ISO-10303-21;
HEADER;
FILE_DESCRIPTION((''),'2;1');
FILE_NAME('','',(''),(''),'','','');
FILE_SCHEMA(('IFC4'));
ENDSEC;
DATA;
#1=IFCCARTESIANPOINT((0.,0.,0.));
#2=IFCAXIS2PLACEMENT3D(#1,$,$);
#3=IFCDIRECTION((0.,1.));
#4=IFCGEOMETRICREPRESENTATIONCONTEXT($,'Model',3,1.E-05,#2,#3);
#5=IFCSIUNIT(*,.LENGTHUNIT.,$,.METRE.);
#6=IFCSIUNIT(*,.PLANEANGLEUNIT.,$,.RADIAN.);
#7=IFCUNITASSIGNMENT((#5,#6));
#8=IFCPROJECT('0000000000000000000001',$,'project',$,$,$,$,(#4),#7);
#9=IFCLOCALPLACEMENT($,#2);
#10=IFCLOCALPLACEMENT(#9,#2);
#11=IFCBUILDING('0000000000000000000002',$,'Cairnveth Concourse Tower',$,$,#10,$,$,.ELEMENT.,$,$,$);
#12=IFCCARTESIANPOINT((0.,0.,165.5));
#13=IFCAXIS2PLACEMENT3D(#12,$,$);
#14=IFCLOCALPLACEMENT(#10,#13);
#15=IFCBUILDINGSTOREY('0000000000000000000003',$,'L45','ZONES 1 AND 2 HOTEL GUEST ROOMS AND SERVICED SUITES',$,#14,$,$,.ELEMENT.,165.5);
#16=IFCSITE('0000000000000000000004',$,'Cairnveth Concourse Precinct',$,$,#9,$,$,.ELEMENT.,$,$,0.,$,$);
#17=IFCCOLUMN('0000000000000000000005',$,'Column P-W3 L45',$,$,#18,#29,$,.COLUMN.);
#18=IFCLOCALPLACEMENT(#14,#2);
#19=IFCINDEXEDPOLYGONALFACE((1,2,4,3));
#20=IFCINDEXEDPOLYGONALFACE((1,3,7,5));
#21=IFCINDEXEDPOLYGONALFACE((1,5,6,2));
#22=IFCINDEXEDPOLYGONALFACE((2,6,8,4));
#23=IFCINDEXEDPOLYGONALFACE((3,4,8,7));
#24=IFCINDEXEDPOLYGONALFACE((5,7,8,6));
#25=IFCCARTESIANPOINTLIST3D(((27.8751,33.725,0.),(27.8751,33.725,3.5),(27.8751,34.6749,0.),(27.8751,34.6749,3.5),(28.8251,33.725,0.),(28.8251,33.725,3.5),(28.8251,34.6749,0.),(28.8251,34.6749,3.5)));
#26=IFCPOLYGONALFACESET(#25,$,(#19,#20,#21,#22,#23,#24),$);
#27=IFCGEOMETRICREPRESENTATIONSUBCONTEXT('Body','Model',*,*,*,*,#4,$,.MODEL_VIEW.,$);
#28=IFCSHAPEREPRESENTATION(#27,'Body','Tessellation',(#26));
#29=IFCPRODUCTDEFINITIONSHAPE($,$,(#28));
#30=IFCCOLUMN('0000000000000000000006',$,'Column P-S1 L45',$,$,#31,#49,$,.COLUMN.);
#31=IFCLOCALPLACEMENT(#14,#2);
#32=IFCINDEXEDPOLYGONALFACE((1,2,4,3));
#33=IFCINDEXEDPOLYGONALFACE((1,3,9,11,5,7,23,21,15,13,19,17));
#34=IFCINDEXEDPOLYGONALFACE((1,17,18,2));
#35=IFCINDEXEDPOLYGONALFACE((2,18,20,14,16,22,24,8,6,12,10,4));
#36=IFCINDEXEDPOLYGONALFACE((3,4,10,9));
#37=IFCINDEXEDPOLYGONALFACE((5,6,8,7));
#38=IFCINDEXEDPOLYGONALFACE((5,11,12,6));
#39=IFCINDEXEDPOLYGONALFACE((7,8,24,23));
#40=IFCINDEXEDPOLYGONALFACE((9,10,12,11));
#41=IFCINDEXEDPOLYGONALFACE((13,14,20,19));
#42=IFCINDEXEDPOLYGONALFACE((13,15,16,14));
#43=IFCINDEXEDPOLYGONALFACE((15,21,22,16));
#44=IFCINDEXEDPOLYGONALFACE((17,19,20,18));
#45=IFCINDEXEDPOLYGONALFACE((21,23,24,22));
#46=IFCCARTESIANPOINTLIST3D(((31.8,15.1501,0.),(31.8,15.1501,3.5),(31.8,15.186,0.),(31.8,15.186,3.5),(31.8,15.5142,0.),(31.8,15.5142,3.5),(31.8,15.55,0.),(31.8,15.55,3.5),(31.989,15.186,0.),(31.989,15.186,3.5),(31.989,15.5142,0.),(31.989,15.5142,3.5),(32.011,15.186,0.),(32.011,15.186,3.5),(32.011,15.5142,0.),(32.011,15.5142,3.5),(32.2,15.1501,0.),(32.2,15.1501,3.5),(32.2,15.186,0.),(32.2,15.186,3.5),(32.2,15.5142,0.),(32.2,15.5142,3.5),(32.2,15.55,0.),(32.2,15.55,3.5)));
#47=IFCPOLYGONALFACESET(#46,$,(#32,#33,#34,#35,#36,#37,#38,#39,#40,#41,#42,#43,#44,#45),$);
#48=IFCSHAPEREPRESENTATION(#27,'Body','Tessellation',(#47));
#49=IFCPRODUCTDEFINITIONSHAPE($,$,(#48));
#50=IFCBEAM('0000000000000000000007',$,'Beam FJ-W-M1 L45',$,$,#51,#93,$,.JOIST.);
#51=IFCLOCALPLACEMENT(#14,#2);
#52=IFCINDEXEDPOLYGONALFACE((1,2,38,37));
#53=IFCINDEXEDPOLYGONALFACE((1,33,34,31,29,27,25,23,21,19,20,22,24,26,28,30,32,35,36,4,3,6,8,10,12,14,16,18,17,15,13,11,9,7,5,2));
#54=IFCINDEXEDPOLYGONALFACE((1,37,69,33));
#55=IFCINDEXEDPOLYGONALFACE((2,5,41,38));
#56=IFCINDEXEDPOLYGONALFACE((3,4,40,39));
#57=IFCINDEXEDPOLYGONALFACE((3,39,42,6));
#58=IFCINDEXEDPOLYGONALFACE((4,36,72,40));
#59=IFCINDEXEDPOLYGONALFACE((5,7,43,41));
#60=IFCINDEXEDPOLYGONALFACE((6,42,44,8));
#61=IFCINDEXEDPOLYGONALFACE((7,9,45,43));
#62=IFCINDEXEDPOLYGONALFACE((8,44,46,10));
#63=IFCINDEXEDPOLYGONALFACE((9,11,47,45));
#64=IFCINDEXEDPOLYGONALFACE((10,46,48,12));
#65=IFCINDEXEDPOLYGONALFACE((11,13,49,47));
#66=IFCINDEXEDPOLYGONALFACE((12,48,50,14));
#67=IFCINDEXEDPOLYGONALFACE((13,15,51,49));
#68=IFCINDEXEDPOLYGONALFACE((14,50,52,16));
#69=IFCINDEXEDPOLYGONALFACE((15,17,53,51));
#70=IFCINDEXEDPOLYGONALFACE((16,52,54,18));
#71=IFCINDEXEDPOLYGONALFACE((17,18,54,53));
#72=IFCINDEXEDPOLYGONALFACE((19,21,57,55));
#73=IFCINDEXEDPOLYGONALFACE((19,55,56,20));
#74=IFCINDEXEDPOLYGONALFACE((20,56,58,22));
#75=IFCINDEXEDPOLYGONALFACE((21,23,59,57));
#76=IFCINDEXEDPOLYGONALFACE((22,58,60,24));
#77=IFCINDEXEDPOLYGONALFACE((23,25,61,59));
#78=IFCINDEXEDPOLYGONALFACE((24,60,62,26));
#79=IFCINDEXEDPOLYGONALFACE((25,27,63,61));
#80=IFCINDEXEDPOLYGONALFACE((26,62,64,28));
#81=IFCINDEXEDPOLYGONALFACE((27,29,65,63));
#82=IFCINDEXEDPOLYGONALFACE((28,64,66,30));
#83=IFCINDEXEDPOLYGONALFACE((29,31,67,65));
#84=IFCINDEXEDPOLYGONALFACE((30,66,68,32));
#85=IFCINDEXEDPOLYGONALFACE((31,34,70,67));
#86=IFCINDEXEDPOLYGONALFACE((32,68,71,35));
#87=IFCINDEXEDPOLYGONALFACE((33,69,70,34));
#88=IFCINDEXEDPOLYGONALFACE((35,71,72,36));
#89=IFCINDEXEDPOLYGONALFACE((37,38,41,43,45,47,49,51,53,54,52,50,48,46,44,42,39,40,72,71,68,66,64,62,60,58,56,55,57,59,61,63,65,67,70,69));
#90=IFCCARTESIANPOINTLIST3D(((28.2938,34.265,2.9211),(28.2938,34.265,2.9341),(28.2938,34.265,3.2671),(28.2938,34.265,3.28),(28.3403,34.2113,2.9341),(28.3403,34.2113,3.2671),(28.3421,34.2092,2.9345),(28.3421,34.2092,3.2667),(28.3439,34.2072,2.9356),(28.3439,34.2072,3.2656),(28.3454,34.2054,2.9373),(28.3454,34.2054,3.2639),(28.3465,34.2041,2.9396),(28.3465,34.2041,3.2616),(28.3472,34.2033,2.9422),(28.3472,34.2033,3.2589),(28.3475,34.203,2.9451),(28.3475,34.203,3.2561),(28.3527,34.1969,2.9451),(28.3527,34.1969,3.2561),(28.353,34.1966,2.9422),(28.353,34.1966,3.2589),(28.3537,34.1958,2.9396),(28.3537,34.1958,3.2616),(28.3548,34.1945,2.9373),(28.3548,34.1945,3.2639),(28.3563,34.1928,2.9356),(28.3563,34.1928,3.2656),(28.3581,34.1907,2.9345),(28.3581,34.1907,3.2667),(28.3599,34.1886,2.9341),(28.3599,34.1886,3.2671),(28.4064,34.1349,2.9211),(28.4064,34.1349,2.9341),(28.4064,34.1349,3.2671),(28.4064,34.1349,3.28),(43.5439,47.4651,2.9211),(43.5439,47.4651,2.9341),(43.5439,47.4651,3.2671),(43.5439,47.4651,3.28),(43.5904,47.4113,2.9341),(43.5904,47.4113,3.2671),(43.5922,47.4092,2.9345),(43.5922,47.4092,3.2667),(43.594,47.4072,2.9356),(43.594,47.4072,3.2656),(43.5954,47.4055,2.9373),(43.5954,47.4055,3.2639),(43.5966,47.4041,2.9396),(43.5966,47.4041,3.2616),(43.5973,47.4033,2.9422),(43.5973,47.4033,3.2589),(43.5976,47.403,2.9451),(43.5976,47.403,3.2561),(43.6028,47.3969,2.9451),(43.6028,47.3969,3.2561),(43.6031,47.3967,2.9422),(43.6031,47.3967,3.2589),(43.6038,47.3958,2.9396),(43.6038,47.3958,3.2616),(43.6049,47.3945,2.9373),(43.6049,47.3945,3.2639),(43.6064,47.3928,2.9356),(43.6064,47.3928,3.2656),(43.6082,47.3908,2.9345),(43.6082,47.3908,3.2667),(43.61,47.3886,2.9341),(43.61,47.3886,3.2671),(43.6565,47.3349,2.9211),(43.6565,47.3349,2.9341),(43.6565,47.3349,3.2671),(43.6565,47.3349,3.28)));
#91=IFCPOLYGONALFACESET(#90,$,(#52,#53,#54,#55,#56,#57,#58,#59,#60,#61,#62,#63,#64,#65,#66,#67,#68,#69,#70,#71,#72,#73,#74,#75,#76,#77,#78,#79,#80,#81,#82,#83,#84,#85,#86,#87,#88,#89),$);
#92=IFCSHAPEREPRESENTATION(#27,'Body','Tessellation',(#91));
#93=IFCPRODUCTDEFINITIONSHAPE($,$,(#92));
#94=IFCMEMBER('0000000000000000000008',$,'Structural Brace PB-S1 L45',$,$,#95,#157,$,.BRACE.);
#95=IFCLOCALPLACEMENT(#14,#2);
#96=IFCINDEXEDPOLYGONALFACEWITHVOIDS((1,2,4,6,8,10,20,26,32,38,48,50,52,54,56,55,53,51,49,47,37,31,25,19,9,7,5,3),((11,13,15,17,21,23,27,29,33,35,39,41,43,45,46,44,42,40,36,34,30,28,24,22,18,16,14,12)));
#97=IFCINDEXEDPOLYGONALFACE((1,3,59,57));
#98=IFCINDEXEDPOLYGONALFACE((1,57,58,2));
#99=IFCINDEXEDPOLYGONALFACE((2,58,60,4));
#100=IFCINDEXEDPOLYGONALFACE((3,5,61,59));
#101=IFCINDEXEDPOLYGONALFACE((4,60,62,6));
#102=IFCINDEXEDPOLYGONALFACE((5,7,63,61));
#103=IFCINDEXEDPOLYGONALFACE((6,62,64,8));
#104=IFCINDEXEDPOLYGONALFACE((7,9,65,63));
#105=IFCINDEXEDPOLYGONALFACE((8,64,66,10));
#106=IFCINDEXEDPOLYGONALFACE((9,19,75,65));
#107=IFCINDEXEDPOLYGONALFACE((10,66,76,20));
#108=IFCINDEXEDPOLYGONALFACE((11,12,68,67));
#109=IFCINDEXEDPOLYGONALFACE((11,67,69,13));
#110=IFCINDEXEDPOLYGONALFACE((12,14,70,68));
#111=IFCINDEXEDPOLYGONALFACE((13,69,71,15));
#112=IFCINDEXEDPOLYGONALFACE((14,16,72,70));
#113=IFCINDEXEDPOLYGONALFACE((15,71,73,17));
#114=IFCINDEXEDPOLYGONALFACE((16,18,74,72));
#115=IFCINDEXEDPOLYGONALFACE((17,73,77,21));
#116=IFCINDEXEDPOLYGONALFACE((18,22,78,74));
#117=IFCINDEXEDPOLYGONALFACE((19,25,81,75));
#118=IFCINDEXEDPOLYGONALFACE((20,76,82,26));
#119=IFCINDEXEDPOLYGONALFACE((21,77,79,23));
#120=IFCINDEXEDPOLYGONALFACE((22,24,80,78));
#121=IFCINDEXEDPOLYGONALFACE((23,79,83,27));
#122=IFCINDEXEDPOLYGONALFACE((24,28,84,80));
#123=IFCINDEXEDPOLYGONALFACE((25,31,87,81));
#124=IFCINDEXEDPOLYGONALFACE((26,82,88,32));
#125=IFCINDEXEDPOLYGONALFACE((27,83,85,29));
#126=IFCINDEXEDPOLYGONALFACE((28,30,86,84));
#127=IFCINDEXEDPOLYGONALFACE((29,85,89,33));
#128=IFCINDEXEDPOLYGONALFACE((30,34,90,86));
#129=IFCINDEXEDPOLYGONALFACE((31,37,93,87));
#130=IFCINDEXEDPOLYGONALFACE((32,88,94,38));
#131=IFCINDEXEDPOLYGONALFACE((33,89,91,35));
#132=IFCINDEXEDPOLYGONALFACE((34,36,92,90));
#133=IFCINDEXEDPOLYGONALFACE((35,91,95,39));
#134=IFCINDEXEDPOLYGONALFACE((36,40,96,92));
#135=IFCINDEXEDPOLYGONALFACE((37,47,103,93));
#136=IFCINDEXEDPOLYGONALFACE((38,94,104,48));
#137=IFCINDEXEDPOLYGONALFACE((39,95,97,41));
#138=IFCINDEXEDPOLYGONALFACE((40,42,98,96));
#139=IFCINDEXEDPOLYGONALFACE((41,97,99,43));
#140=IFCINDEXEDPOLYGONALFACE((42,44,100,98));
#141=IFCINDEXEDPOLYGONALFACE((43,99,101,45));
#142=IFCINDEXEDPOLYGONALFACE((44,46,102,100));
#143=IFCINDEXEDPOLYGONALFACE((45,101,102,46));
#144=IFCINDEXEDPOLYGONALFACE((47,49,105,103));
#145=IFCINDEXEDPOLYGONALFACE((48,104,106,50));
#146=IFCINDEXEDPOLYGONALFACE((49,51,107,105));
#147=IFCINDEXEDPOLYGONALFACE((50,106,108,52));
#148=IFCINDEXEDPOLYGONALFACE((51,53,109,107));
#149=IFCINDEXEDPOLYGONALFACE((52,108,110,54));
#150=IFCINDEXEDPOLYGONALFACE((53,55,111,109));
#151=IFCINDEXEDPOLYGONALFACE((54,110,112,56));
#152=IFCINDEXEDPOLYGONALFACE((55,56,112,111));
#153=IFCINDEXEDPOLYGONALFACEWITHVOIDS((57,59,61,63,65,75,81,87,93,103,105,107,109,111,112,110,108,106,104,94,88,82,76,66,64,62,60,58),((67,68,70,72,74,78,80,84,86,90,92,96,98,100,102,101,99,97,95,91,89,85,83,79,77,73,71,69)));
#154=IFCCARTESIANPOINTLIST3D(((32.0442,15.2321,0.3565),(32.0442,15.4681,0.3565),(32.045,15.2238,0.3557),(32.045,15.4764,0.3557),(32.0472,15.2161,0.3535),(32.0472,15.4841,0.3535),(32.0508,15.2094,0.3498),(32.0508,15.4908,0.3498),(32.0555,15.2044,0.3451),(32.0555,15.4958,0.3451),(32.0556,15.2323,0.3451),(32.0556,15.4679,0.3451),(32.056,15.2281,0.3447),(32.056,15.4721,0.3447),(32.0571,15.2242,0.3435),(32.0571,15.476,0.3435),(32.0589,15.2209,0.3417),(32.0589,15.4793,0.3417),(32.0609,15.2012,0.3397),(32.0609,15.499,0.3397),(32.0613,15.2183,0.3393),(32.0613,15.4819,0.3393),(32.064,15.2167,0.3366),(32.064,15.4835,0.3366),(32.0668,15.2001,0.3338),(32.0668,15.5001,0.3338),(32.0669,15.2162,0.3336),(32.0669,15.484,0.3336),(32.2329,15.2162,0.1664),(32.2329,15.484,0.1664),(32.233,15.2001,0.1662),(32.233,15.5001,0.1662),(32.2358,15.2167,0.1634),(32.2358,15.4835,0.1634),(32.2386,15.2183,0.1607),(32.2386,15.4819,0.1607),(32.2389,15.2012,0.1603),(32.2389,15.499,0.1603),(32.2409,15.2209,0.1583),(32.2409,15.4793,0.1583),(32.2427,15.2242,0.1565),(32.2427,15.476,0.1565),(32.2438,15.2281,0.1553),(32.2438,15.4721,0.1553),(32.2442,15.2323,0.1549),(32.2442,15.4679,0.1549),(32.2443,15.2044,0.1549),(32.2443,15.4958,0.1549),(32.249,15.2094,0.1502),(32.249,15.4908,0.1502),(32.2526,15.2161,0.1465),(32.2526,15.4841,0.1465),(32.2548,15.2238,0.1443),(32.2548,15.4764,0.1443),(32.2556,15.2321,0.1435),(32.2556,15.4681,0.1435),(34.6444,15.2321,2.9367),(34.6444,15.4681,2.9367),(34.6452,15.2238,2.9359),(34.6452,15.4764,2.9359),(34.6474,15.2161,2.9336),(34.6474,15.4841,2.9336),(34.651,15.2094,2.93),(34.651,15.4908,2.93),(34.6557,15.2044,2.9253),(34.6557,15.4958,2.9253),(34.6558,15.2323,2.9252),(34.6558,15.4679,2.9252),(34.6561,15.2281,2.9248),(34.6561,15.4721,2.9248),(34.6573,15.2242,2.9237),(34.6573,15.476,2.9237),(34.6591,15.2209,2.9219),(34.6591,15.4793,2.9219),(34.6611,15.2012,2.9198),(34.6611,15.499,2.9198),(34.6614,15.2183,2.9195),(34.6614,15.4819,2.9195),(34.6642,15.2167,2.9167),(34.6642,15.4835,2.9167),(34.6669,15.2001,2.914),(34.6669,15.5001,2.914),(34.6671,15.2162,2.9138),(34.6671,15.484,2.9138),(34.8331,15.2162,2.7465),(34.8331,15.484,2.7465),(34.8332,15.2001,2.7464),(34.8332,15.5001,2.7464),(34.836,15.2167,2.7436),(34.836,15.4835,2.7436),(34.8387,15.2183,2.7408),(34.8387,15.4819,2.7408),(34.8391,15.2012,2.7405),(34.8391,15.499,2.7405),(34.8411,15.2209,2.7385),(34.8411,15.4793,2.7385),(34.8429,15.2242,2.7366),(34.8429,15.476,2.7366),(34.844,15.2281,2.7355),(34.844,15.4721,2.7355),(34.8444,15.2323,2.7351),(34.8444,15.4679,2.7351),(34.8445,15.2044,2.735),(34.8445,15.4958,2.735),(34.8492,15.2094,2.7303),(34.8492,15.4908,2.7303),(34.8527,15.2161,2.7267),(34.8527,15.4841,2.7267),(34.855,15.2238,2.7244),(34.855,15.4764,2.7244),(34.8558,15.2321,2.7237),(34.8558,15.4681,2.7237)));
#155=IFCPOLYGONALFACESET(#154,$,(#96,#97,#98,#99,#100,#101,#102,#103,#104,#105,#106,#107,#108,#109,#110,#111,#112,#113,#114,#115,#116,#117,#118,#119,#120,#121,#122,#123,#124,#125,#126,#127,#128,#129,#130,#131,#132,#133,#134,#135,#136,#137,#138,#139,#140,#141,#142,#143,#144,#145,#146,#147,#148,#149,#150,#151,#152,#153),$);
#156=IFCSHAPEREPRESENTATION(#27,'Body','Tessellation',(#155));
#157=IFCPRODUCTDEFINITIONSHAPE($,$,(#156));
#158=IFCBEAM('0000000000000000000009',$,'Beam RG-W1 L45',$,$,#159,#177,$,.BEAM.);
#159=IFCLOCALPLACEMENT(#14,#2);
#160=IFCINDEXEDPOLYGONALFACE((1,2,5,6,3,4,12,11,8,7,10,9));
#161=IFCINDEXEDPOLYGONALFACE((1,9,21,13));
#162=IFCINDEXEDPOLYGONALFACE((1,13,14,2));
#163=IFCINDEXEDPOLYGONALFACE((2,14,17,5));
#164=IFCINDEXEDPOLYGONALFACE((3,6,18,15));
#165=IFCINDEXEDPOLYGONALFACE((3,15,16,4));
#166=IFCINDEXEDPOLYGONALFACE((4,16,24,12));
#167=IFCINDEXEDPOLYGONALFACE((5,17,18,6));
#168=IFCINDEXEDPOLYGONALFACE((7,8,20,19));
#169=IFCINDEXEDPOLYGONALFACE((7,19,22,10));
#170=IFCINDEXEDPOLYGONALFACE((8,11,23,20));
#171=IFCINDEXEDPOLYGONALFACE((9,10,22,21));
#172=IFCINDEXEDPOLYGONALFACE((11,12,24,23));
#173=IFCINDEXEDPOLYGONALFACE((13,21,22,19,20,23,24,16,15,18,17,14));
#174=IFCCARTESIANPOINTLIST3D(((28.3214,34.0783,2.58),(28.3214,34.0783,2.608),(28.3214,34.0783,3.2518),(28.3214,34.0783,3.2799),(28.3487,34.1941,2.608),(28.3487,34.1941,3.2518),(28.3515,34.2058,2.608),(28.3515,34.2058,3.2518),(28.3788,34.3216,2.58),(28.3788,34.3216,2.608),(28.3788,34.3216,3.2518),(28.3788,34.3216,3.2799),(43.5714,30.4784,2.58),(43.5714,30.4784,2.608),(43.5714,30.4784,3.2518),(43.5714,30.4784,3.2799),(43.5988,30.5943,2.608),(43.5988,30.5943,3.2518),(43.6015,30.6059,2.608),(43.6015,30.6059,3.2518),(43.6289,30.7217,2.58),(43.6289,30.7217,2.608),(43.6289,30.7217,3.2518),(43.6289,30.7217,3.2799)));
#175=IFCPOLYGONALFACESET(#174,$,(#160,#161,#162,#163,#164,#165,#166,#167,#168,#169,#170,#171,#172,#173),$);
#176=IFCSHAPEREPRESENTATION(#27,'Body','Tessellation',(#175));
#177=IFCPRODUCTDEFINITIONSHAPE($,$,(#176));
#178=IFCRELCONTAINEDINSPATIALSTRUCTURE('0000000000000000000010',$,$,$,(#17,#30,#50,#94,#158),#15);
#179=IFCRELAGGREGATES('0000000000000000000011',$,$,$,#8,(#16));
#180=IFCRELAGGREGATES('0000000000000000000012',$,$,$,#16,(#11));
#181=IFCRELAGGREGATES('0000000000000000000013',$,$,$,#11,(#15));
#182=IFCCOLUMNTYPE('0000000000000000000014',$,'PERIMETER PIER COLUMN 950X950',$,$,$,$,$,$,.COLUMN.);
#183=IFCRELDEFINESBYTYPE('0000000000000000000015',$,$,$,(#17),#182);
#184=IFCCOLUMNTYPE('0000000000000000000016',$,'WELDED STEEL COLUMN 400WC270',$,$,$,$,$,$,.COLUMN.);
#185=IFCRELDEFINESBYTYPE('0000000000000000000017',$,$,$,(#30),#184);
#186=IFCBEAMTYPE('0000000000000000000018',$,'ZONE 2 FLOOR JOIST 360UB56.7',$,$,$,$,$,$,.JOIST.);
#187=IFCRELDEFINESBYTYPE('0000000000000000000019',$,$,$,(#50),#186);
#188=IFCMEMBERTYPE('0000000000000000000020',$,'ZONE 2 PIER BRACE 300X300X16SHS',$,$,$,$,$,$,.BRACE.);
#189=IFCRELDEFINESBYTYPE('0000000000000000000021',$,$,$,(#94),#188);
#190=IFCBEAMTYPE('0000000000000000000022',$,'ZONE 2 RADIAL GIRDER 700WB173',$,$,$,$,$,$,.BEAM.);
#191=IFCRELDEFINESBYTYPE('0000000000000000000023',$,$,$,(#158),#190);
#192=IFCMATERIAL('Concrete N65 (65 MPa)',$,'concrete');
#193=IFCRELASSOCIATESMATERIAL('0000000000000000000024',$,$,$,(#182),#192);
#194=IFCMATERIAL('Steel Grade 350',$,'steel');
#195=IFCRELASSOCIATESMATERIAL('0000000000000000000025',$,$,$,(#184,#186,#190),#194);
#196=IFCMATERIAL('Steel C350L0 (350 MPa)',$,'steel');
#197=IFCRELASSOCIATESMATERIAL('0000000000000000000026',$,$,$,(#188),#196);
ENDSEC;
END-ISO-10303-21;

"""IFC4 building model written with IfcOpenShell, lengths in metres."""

from ifc_helpers import new_model, si_unit, direction, frame, origin, origin_2d, place, context, subcontext, project, spatial, rectangle, hollow_rectangle, i_section, extrude, material, material_profile, profile_set, type_object, element, save


model = new_model("IFC4")

# Units and contexts
model_context = context("Model", 3, precision=1e-05, world=origin(), true_north=direction((0.0, 1.0)))
body_context = subcontext(model_context, "Body", "Model", "MODEL_VIEW")
ifc_project = project(units=[si_unit("LENGTHUNIT", "METRE"), si_unit("PLANEANGLEUNIT", "RADIAN")], contexts=[model_context])

# Site, building, storey
site_placement = place(None, origin())
site = spatial("IfcSite", under=ifc_project, at=site_placement, Name="Cairnveth Concourse Precinct", CompositionType="ELEMENT", RefElevation=0.0)
building_placement = place(site_placement, origin())
building = spatial("IfcBuilding", under=site, at=building_placement, Name="Cairnveth Concourse Tower", CompositionType="ELEMENT")
storey_placement = place(building_placement, frame((0.0, 0.0, 165.5)))
storey = spatial("IfcBuildingStorey", under=building, at=storey_placement, Name="L45", Description="ZONES 1 AND 2 HOTEL GUEST ROOMS AND SERVICED SUITES", CompositionType="ELEMENT", Elevation=165.5)

# Columns
ifc_material_1 = material(Name="Concrete N65 (65 MPa)", Category="concrete")
ifc_material_profile_1 = material_profile(ifc_material_1, rectangle(XDim=0.95, YDim=0.95, at=origin_2d()), Name="RC-COL-950x950")
ifc_profile_set_1 = profile_set([ifc_material_profile_1], Name="Concrete N65 (65 MPa)")
column_type_1 = type_object("IfcColumnType", Name="PERIMETER PIER COLUMN 950X950", PredefinedType="COLUMN", material=ifc_profile_set_1)
column_1_placement = place(storey_placement, frame((28.3501, 34.2, 0.0), z_axis=(0.0, 0.0, 1.0), x_axis=(0.0, 1.0, 0.0)))
element("IfcColumn", 1, at=column_1_placement, inside=storey, type_object=column_type_1, Name="Column P-W3 L45", PredefinedType="COLUMN", context=body_context, shape_type="SweptSolid", body=[
    extrude(rectangle(XDim=0.95, YDim=0.95, at=origin_2d()), origin(), (0.0, 0.0, 1.0), 3.5),
])
ifc_material_2 = material(Name="Steel Grade 350", Category="steel")
ifc_material_profile_2 = material_profile(ifc_material_2, i_section(OverallWidth=0.3999, OverallDepth=0.3999, WebThickness=0.022, FlangeThickness=0.0359, at=origin_2d()), Name="400WC270")
ifc_profile_set_2 = profile_set([ifc_material_profile_2], Name="Steel Grade 350")
column_type_2 = type_object("IfcColumnType", Name="WELDED STEEL COLUMN 400WC270", PredefinedType="COLUMN", material=ifc_profile_set_2)
column_2_placement = place(storey_placement, frame((32.0, 15.3501, 0.0), z_axis=(0.0, 0.0, 1.0), x_axis=(1.0, 0.0, 0.0)))
element("IfcColumn", 2, at=column_2_placement, inside=storey, type_object=column_type_2, Name="Column P-S1 L45", PredefinedType="COLUMN", context=body_context, shape_type="SweptSolid", body=[
    extrude(i_section(OverallWidth=0.3999, OverallDepth=0.3999, WebThickness=0.022, FlangeThickness=0.0359, at=origin_2d()), origin(), (0.0, 0.0, 1.0), 3.5),
])

# Beam
ifc_material_profile_3 = material_profile(ifc_material_2, i_section(OverallWidth=0.1721, OverallDepth=0.3589, WebThickness=0.0081, FlangeThickness=0.0129, FilletRadius=0.011, at=origin_2d()), Name="360UB56.7")
ifc_profile_set_3 = profile_set([ifc_material_profile_3], Name="Steel Grade 350")
beam_type_1 = type_object("IfcBeamType", Name="ZONE 2 FLOOR JOIST 360UB56.7", PredefinedType="JOIST", material=ifc_profile_set_3)
beam_1_placement = place(storey_placement, frame((28.3501, 34.2, 3.1006), z_axis=(0.756099, 0.654457, 0.0), x_axis=(-0.654457, 0.756099, 0.0)))
element("IfcBeam", 3, at=beam_1_placement, inside=storey, type_object=beam_type_1, Name="Beam FJ-W-M1 L45", PredefinedType="JOIST", context=body_context, shape_type="SweptSolid", body=[
    extrude(i_section(OverallWidth=0.1721, OverallDepth=0.3589, WebThickness=0.0081, FlangeThickness=0.0129, FilletRadius=0.011, at=origin_2d()), origin(), (0.0, 0.0, 1.0), 20.1694),
])

# Member
ifc_material_3 = material(Name="Steel C350L0 (350 MPa)", Category="steel")
ifc_material_profile_4 = material_profile(ifc_material_3, hollow_rectangle(XDim=0.3, YDim=0.3, WallThickness=0.0161, InnerFilletRadius=0.0161, OuterFilletRadius=0.032, at=origin_2d()), Name="300x300x16.0SHS")
ifc_profile_set_4 = profile_set([ifc_material_profile_4], Name="Steel C350L0 (350 MPa)")
member_type = type_object("IfcMemberType", Name="ZONE 2 PIER BRACE 300X300X16SHS", PredefinedType="BRACE", material=ifc_profile_set_4)
member_placement = place(storey_placement, frame((32.1499, 15.3501, 0.25), z_axis=(0.709834, 0.0, 0.704369), x_axis=(0.0, 1.0, 0.0)))
element("IfcMember", 4, at=member_placement, inside=storey, type_object=member_type, Name="Structural Brace PB-S1 L45", PredefinedType="BRACE", context=body_context, shape_type="SweptSolid", body=[
    extrude(hollow_rectangle(XDim=0.3, YDim=0.3, WallThickness=0.0161, InnerFilletRadius=0.0161, OuterFilletRadius=0.032, at=origin_2d()), origin(), (0.0, 0.0, 1.0), 3.6631),
])

# Beam
ifc_material_profile_5 = material_profile(ifc_material_2, i_section(OverallWidth=0.25, OverallDepth=0.7, WebThickness=0.012, FlangeThickness=0.0281, at=origin_2d()), Name="700WB173")
ifc_profile_set_5 = profile_set([ifc_material_profile_5], Name="Steel Grade 350")
beam_type_2 = type_object("IfcBeamType", Name="ZONE 2 RADIAL GIRDER 700WB173", PredefinedType="BEAM", material=ifc_profile_set_5)
beam_2_placement = place(storey_placement, frame((28.3501, 34.2, 2.9299), z_axis=(0.973252, -0.229742, 0.0), x_axis=(0.229742, 0.973252, 0.0)))
element("IfcBeam", 5, at=beam_2_placement, inside=storey, type_object=beam_type_2, Name="Beam RG-W1 L45", PredefinedType="BEAM", context=body_context, shape_type="SweptSolid", body=[
    extrude(i_section(OverallWidth=0.25, OverallDepth=0.7, WebThickness=0.012, FlangeThickness=0.0281, at=origin_2d()), origin(), (0.0, 0.0, 1.0), 15.6692),
])

save(model, "model.ifc")
